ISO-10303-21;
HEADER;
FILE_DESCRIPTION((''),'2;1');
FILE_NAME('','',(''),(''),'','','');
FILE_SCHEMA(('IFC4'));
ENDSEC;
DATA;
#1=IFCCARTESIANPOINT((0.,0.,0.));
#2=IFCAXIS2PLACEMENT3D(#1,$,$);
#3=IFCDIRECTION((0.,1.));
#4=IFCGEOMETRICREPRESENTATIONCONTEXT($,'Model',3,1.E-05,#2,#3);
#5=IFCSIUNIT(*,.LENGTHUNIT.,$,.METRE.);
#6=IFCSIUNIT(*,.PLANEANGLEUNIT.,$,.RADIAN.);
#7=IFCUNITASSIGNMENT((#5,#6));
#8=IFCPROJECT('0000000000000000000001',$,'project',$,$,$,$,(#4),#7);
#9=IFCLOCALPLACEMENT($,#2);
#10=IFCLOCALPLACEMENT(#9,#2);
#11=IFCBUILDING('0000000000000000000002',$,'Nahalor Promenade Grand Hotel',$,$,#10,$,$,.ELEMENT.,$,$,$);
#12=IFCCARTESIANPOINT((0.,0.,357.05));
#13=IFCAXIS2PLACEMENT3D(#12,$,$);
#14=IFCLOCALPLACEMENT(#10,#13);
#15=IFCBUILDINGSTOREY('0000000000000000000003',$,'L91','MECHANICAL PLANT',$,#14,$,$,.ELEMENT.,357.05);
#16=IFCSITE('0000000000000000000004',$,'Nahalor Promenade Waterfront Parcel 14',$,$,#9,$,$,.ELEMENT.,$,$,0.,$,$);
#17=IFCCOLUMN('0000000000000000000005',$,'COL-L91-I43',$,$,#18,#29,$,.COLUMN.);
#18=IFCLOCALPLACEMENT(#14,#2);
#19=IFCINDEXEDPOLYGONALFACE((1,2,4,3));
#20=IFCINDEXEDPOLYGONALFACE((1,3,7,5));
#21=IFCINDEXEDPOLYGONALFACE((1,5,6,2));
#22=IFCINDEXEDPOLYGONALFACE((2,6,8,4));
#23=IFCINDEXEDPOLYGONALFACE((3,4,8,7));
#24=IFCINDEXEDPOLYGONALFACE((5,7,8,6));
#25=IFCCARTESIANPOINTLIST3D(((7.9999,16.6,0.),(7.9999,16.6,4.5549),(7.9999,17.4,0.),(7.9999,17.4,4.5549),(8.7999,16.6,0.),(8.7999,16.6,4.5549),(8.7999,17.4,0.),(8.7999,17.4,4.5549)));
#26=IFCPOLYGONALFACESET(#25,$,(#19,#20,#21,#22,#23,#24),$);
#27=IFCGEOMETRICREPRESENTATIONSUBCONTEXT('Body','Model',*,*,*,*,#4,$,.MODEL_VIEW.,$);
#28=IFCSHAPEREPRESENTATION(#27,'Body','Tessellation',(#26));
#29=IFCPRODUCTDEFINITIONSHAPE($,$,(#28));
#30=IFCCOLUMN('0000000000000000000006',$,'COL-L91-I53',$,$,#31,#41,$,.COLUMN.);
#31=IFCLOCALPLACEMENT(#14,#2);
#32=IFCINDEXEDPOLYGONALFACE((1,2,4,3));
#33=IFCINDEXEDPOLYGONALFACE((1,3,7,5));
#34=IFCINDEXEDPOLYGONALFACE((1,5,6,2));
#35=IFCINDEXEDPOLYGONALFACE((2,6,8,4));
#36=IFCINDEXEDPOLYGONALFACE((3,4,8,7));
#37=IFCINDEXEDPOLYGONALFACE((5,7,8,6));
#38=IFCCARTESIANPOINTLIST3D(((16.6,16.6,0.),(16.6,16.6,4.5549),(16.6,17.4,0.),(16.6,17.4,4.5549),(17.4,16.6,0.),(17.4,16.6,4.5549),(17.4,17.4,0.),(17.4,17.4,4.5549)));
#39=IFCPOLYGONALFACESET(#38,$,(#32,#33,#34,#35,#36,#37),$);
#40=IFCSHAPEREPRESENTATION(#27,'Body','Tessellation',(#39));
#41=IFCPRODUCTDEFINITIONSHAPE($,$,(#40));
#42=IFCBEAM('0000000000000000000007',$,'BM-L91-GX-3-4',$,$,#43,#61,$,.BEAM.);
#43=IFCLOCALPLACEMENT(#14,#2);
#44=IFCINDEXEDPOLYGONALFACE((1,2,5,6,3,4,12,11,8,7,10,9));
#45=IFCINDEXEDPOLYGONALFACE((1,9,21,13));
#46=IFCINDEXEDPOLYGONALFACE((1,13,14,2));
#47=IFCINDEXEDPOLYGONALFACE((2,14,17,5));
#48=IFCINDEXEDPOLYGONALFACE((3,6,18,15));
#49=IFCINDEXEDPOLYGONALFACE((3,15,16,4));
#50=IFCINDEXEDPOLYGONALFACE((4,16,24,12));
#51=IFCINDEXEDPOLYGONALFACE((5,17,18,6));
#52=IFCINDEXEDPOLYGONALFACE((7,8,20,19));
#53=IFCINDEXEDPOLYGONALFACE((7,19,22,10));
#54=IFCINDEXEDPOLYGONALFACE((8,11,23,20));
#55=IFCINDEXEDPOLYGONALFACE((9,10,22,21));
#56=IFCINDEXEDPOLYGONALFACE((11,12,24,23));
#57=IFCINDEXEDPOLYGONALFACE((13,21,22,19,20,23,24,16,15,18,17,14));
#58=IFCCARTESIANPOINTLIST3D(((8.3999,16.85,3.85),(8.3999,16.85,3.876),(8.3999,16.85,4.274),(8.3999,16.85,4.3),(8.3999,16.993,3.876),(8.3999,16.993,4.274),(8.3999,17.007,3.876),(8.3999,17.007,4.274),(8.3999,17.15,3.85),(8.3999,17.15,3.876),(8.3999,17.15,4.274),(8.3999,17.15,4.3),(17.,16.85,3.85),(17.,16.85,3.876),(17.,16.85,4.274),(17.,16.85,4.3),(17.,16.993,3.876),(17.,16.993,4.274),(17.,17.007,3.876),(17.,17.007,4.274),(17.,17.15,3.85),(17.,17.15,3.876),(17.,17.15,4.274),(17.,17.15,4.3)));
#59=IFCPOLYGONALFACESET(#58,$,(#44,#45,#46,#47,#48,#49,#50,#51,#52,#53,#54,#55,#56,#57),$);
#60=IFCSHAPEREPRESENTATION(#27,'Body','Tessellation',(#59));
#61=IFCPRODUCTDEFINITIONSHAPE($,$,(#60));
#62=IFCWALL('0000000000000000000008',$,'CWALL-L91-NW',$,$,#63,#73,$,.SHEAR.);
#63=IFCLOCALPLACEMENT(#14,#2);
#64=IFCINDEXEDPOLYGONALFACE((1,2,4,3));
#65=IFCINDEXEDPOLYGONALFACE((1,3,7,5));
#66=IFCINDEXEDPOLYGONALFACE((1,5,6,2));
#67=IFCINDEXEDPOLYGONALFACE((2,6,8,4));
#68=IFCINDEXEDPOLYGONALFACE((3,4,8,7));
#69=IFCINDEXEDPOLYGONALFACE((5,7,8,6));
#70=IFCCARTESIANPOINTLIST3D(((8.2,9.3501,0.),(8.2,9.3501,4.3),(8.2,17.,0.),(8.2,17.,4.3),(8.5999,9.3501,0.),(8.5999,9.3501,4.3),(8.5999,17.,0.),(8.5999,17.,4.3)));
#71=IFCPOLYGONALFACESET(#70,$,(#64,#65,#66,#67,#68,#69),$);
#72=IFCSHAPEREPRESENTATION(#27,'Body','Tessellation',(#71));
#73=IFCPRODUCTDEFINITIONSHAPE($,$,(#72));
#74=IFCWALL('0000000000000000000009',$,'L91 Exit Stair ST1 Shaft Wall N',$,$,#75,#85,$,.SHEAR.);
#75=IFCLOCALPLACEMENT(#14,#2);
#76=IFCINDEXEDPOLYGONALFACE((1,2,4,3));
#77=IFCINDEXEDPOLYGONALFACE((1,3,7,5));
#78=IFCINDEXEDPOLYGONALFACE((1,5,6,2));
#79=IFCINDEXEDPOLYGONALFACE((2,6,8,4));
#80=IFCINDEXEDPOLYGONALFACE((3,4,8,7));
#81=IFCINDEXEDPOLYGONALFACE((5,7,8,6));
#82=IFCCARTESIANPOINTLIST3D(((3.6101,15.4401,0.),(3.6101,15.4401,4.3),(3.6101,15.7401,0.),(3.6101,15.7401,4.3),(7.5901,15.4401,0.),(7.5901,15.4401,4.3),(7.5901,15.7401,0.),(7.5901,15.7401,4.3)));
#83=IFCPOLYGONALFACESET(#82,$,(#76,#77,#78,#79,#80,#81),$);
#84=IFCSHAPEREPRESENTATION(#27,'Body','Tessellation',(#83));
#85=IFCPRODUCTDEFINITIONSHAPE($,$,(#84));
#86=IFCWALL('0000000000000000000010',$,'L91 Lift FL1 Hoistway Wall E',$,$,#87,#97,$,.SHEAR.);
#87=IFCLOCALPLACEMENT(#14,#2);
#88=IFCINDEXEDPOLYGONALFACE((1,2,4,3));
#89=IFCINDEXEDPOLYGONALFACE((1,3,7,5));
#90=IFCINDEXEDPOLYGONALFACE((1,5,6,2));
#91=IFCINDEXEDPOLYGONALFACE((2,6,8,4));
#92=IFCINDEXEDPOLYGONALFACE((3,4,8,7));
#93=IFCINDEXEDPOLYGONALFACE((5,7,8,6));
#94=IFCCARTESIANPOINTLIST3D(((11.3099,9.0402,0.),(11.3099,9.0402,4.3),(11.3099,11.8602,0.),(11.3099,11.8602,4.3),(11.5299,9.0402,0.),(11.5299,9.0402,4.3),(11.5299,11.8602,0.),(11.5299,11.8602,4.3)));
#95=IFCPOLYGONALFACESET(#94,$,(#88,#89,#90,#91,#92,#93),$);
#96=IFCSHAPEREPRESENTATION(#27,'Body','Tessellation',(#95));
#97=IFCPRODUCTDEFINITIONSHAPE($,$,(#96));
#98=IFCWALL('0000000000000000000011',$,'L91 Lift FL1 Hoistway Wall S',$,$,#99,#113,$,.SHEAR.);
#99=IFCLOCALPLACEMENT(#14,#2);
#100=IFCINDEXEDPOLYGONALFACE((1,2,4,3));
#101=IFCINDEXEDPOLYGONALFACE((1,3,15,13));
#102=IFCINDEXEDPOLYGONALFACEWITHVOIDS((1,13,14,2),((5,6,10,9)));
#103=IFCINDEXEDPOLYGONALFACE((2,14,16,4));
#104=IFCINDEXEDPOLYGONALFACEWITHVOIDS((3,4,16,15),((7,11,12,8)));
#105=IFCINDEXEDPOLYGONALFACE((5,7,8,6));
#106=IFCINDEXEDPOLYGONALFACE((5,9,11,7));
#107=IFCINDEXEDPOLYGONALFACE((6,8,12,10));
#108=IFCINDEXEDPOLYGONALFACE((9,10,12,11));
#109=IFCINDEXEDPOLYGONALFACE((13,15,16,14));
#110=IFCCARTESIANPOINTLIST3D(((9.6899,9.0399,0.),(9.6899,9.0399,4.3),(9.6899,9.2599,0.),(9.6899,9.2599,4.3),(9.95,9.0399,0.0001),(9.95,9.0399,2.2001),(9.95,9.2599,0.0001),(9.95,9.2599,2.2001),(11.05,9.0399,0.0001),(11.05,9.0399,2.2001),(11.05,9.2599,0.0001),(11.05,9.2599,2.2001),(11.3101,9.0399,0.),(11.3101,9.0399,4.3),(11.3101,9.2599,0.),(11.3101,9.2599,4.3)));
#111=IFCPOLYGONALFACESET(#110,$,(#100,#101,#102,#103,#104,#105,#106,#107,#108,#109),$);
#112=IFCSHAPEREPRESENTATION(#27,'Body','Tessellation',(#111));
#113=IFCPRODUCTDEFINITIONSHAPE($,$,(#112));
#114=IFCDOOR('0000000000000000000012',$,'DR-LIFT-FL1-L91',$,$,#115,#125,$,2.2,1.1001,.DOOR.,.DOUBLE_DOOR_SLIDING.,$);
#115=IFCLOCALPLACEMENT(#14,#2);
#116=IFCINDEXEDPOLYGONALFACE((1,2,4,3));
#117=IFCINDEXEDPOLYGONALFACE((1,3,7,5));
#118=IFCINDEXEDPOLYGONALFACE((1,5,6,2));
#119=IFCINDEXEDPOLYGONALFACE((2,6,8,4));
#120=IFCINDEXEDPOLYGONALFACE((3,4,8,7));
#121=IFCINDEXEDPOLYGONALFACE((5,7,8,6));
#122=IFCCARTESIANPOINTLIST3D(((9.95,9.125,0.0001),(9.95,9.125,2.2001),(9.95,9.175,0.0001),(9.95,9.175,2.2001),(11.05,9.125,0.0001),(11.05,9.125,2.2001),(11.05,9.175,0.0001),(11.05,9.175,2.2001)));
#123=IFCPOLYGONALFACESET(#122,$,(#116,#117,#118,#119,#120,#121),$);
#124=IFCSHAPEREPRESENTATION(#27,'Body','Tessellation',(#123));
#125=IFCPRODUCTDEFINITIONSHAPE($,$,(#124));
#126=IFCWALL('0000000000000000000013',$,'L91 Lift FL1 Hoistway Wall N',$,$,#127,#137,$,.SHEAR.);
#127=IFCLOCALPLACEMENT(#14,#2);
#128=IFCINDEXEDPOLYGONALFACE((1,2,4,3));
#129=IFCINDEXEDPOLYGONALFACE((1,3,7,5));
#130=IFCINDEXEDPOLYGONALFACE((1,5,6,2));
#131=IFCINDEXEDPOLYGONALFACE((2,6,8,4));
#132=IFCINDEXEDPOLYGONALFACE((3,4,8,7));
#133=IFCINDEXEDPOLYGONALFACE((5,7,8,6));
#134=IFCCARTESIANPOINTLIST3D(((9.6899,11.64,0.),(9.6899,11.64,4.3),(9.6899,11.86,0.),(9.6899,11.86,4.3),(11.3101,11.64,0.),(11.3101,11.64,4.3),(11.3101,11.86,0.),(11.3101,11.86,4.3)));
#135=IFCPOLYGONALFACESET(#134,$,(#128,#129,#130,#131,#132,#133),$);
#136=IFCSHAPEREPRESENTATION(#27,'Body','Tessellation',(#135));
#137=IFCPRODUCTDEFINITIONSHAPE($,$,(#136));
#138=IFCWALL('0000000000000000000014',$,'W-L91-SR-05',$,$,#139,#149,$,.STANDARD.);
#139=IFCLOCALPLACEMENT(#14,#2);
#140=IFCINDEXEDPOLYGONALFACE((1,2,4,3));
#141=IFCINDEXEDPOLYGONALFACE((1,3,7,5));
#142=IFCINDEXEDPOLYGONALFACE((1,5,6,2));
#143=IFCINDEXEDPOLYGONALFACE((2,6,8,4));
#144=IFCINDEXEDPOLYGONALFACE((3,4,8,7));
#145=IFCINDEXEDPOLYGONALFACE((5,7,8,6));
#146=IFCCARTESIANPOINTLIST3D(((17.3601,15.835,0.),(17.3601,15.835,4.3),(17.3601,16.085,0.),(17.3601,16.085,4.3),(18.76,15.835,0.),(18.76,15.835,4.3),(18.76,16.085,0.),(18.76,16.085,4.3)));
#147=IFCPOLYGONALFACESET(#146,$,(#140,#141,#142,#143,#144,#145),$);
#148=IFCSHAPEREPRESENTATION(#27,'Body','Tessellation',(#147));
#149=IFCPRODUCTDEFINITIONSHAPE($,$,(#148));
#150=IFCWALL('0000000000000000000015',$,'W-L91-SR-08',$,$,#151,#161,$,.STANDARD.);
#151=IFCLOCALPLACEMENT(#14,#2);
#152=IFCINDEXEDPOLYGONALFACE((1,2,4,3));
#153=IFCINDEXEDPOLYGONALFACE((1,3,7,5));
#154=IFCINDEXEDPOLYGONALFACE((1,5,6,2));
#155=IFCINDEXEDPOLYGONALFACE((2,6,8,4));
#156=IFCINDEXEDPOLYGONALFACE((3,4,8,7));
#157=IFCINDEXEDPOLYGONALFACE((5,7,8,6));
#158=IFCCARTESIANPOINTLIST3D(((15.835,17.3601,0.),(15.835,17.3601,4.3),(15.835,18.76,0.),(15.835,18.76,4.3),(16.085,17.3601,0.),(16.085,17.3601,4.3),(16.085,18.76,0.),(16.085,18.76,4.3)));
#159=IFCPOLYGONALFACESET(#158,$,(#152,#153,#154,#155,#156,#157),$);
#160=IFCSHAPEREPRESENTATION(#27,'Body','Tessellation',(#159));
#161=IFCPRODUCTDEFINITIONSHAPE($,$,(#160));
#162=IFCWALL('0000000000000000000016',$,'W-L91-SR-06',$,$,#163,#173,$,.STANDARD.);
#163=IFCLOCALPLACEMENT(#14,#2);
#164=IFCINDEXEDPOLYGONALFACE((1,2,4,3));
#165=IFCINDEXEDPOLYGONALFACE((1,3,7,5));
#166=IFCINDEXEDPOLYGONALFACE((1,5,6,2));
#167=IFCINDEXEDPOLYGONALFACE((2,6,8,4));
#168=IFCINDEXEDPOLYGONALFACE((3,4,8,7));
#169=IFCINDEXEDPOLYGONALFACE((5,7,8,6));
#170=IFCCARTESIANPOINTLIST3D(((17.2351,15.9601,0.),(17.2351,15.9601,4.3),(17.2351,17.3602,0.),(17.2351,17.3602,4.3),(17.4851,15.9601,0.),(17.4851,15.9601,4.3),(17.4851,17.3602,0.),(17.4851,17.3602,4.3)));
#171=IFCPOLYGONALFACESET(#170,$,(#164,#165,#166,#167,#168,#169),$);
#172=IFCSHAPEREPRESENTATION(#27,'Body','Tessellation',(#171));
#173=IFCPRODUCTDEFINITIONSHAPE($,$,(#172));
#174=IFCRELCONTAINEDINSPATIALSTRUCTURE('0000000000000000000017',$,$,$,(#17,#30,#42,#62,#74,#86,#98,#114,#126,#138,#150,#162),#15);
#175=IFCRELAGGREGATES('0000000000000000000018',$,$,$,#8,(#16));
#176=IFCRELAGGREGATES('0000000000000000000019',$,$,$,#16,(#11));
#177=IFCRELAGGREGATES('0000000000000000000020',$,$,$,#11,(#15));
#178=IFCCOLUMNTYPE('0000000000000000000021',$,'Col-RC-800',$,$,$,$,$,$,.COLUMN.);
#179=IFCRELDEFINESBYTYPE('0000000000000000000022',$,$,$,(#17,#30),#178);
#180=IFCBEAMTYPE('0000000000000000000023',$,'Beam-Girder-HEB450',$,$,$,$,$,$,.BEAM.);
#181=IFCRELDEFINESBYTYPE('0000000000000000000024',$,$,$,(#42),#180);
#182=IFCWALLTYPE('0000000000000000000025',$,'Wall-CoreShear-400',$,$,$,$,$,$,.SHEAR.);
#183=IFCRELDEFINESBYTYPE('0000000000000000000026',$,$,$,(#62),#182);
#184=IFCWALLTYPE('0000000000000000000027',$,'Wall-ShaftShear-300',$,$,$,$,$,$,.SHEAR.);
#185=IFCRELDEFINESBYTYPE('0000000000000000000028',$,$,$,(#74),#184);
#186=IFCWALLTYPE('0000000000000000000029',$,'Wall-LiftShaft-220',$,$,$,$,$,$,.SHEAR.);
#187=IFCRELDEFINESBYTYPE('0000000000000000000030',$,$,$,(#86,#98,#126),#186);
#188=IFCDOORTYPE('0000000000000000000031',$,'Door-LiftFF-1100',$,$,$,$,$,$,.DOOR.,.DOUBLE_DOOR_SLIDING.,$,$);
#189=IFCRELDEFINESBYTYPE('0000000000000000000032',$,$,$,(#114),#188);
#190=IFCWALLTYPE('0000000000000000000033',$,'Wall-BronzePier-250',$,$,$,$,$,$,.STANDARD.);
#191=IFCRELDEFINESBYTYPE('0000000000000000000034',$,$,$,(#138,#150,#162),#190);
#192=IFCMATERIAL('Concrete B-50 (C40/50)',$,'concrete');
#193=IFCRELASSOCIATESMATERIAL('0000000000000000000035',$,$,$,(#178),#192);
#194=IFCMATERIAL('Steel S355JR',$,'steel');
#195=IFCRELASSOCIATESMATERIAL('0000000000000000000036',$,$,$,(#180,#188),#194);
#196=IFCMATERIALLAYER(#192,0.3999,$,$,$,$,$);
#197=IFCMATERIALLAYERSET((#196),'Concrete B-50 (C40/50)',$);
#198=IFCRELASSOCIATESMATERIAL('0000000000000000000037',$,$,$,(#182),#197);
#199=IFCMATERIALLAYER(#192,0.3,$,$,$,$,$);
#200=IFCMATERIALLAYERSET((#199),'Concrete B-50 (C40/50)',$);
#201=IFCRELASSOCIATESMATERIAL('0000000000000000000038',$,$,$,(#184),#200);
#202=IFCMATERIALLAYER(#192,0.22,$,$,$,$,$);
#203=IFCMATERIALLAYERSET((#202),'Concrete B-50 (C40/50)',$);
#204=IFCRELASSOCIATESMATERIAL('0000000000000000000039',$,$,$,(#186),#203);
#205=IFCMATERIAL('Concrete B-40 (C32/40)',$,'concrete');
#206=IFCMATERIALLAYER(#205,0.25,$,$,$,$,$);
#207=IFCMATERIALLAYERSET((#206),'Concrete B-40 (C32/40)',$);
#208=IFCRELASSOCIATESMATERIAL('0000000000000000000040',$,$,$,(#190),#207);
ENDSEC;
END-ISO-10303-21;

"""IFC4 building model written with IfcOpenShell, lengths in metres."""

from ifc_helpers import new_model, si_unit, direction, frame, frame_2d, origin, origin_2d, place, context, subcontext, project, spatial, rectangle, i_section, extrude, source, transform, mapped, material, layer, layer_set, material_profile, profile_set, type_object, element, fill, save


model = new_model("IFC4")

# Units and contexts
model_context = context("Model", 3, precision=1e-05, world=origin(), true_north=direction((0.0, 1.0)))
body_context = subcontext(model_context, "Body", "Model", "MODEL_VIEW")
ifc_project = project(units=[si_unit("LENGTHUNIT", "METRE"), si_unit("PLANEANGLEUNIT", "RADIAN")], contexts=[model_context])

# Site, building, storey
site_placement = place(None, origin())
site = spatial("IfcSite", under=ifc_project, at=site_placement, Name="Nahalor Promenade Waterfront Parcel 14", CompositionType="ELEMENT", RefElevation=0.0)
building_placement = place(site_placement, origin())
building = spatial("IfcBuilding", under=site, at=building_placement, Name="Nahalor Promenade Grand Hotel", CompositionType="ELEMENT")
storey_placement = place(building_placement, frame((0.0, 0.0, 357.05)))
storey = spatial("IfcBuildingStorey", under=building, at=storey_placement, Name="L91", Description="MECHANICAL PLANT", CompositionType="ELEMENT", Elevation=357.05)

# Columns
ifc_material_1 = material(Name="Concrete B-50 (C40/50)", Category="concrete")
ifc_material_profile_1 = material_profile(ifc_material_1, rectangle(XDim=0.8, YDim=0.8, at=origin_2d()), Name="RC 800x800")
ifc_profile_set_1 = profile_set([ifc_material_profile_1], Name="Concrete B-50 (C40/50)")
column_type = type_object("IfcColumnType", Name="Col-RC-800", PredefinedType="COLUMN", material=ifc_profile_set_1)
shared_shape_1 = source(origin(), body_context, "Body", "SweptSolid", [
    extrude(rectangle(XDim=0.8, YDim=0.8, at=origin_2d()), origin(), (0.0, 0.0, 1.0), 4.5549),
])
for number, where, z_axis, x_axis, name in (
    (1, (8.3999, 17.0, 0.0), (0.0, 0.0, 1.0), (1.0, 0.0, 0.0), "COL-L91-I43"),
    (2, (17.0, 17.0, 0.0), (0.0, 0.0, 1.0), (1.0, 0.0, 0.0), "COL-L91-I53"),
):
    element("IfcColumn", number, at=place(storey_placement, frame(where, z_axis=z_axis, x_axis=x_axis)), inside=storey, type_object=column_type, Name=name, PredefinedType="COLUMN", context=body_context, shape_type="MappedRepresentation", body=[
        mapped(shared_shape_1, transform((0.0, 0.0, 0.0), scale=1.0)),
    ])

# Beam
ifc_material_2 = material(Name="Steel S355JR", Category="steel")
ifc_material_profile_2 = material_profile(ifc_material_2, i_section(OverallWidth=0.3, OverallDepth=0.45, WebThickness=0.014, FlangeThickness=0.026, at=origin_2d()), Name="HEB 450")
ifc_profile_set_2 = profile_set([ifc_material_profile_2], Name="Steel S355JR")
beam_type = type_object("IfcBeamType", Name="Beam-Girder-HEB450", PredefinedType="BEAM", material=ifc_profile_set_2)
shared_shape_2 = source(origin(), body_context, "Body", "SweptSolid", [
    extrude(i_section(OverallWidth=0.3, OverallDepth=0.45, WebThickness=0.014, FlangeThickness=0.026, at=origin_2d()), origin(), (0.0, 0.0, 1.0), 8.6001),
])
beam_placement = place(storey_placement, frame((8.3999, 17.0, 4.075), z_axis=(1.0, 0.0, 0.0), x_axis=(0.0, 1.0, 0.0)))
element("IfcBeam", 3, at=beam_placement, inside=storey, type_object=beam_type, Name="BM-L91-GX-3-4", PredefinedType="BEAM", context=body_context, shape_type="MappedRepresentation", body=[
    mapped(shared_shape_2, transform((0.0, 0.0, 0.0), scale=1.0)),
])

# Walls
ifc_layer_1 = layer(ifc_material_1, 0.3999)
ifc_layer_set_1 = layer_set([ifc_layer_1], Name="Concrete B-50 (C40/50)")
wall_type_1 = type_object("IfcWallType", Name="Wall-CoreShear-400", PredefinedType="SHEAR", material=ifc_layer_set_1)
shared_shape_3 = source(origin(), body_context, "Body", "SweptSolid", [
    extrude(rectangle(XDim=7.6499, YDim=0.3999, at=frame_2d((3.825, 0.0))), origin(), (0.0, 0.0, 1.0), 4.3),
])
wall_1_placement = place(storey_placement, frame((8.3999, 9.3501, 0.0), z_axis=(0.0, 0.0, 1.0), x_axis=(0.0, 1.0, 0.0)))
element("IfcWall", 4, at=wall_1_placement, inside=storey, type_object=wall_type_1, Name="CWALL-L91-NW", PredefinedType="SHEAR", context=body_context, shape_type="MappedRepresentation", body=[
    mapped(shared_shape_3, transform((0.0, 0.0, 0.0), scale=1.0)),
])
ifc_layer_2 = layer(ifc_material_1, 0.3)
ifc_layer_set_2 = layer_set([ifc_layer_2], Name="Concrete B-50 (C40/50)")
wall_type_2 = type_object("IfcWallType", Name="Wall-ShaftShear-300", PredefinedType="SHEAR", material=ifc_layer_set_2)
shared_shape_4 = source(origin(), body_context, "Body", "SweptSolid", [
    extrude(rectangle(XDim=3.98, YDim=0.3, at=frame_2d((1.99, 0.0))), origin(), (0.0, 0.0, 1.0), 4.3),
])
wall_2_placement = place(storey_placement, frame((3.6101, 15.5901, 0.0), z_axis=(0.0, 0.0, 1.0), x_axis=(1.0, 0.0, 0.0)))
element("IfcWall", 5, at=wall_2_placement, inside=storey, type_object=wall_type_2, Name="L91 Exit Stair ST1 Shaft Wall N", PredefinedType="SHEAR", context=body_context, shape_type="MappedRepresentation", body=[
    mapped(shared_shape_4, transform((0.0, 0.0, 0.0), scale=1.0)),
])
ifc_layer_3 = layer(ifc_material_1, 0.22)
ifc_layer_set_3 = layer_set([ifc_layer_3], Name="Concrete B-50 (C40/50)")
wall_type_3 = type_object("IfcWallType", Name="Wall-LiftShaft-220", PredefinedType="SHEAR", material=ifc_layer_set_3)
shared_shape_5 = source(origin(), body_context, "Body", "SweptSolid", [
    extrude(rectangle(XDim=2.8201, YDim=0.22, at=frame_2d((1.4102, 0.0))), origin(), (0.0, 0.0, 1.0), 4.3),
])
wall_3_placement = place(storey_placement, frame((11.4199, 9.04, 0.0), z_axis=(0.0, 0.0, 1.0), x_axis=(0.0, 1.0, 0.0)))
element("IfcWall", 6, at=wall_3_placement, inside=storey, type_object=wall_type_3, Name="L91 Lift FL1 Hoistway Wall E", PredefinedType="SHEAR", context=body_context, shape_type="MappedRepresentation", body=[
    mapped(shared_shape_5, transform((0.0, 0.0, 0.0), scale=1.0)),
])

# Wall, opening, door
shared_shape_6 = source(origin(), body_context, "Body", "SweptSolid", [
    extrude(rectangle(XDim=1.6201, YDim=0.22, at=frame_2d((0.8101, 0.0))), origin(), (0.0, 0.0, 1.0), 4.3),
])
wall_4_placement = place(storey_placement, frame((9.6899, 9.1499, 0.0), z_axis=(0.0, 0.0, 1.0), x_axis=(1.0, 0.0, 0.0)))
wall_4 = element("IfcWall", 7, at=wall_4_placement, inside=storey, type_object=wall_type_3, Name="L91 Lift FL1 Hoistway Wall S", PredefinedType="SHEAR", context=body_context, shape_type="MappedRepresentation", body=[
    mapped(shared_shape_6, transform((0.0, 0.0, 0.0), scale=1.0)),
])
opening_placement = place(wall_4_placement, frame((0.26, 0.0, 0.0)))
opening = element("IfcOpeningElement", 8, at=opening_placement, cuts=wall_4, PredefinedType="OPENING", context=body_context, shape_type="SweptSolid", body=[
    extrude(rectangle(XDim=1.1001, YDim=2.2, at=frame_2d((0.55, 1.1001))), frame((0.0, 0.1199, 0.0), z_axis=(0.0, -1.0, 0.0), x_axis=(1.0, 0.0, 0.0)), (0.0, 0.0, 1.0), 0.24),
])
door_type = type_object("IfcDoorType", Name="Door-LiftFF-1100", OperationType="DOUBLE_DOOR_SLIDING", PredefinedType="DOOR", material=ifc_material_2)
shared_shape_7 = source(origin(), body_context, "Body", "SweptSolid", [
    extrude(rectangle(XDim=1.1001, YDim=2.2, at=frame_2d((0.55, 1.1001))), frame((0.0, 0.0249, 0.0), z_axis=(0.0, -1.0, 0.0), x_axis=(1.0, 0.0, 0.0)), (0.0, 0.0, 1.0), 0.05),
])
door_placement = place(opening_placement, frame((1.1001, 0.0, 0.0), z_axis=(0.0, 0.0, 1.0), x_axis=(-1.0, 0.0, 0.0)))
door = element("IfcDoor", 9, at=door_placement, inside=storey, type_object=door_type, Name="DR-LIFT-FL1-L91", OperationType="DOUBLE_DOOR_SLIDING", OverallHeight=2.2, OverallWidth=1.1001, PredefinedType="DOOR", context=body_context, shape_type="MappedRepresentation", body=[
    mapped(shared_shape_7, transform((0.0, 0.0, 0.0), scale=1.0)),
])
fill(opening, door)

# Walls
wall_5_placement = place(storey_placement, frame((9.6899, 11.75, 0.0), z_axis=(0.0, 0.0, 1.0), x_axis=(1.0, 0.0, 0.0)))
element("IfcWall", 10, at=wall_5_placement, inside=storey, type_object=wall_type_3, Name="L91 Lift FL1 Hoistway Wall N", PredefinedType="SHEAR", context=body_context, shape_type="MappedRepresentation", body=[
    mapped(shared_shape_6, transform((0.0, 0.0, 0.0), scale=1.0)),
])
ifc_material_3 = material(Name="Concrete B-40 (C32/40)", Category="concrete")
ifc_layer_4 = layer(ifc_material_3, 0.25)
ifc_layer_set_4 = layer_set([ifc_layer_4], Name="Concrete B-40 (C32/40)")
wall_type_4 = type_object("IfcWallType", Name="Wall-BronzePier-250", PredefinedType="STANDARD", material=ifc_layer_set_4)
shared_shape_8 = source(origin(), body_context, "Body", "SweptSolid", [
    extrude(rectangle(XDim=1.3999, YDim=0.25, at=frame_2d((0.7, 0.0))), origin(), (0.0, 0.0, 1.0), 4.3),
])
for number, where, z_axis, x_axis, name in (
    (11, (17.3601, 15.96, 0.0), (0.0, 0.0, 1.0), (1.0, 0.0, 0.0), "W-L91-SR-05"),
    (12, (15.96, 17.3601, 0.0), (0.0, 0.0, 1.0), (0.0, 1.0, 0.0), "W-L91-SR-08"),
):
    element("IfcWall", number, at=place(storey_placement, frame(where, z_axis=z_axis, x_axis=x_axis)), inside=storey, type_object=wall_type_4, Name=name, PredefinedType="STANDARD", context=body_context, shape_type="MappedRepresentation", body=[
        mapped(shared_shape_8, transform((0.0, 0.0, 0.0), scale=1.0)),
    ])
shared_shape_9 = source(origin(), body_context, "Body", "SweptSolid", [
    extrude(rectangle(XDim=1.4001, YDim=0.25, at=frame_2d((0.7002, 0.0))), origin(), (0.0, 0.0, 1.0), 4.3),
])
for number, where, z_axis, x_axis, name in (
    (13, (17.3601, 15.96, 0.0), (0.0, 0.0, 1.0), (0.0, 1.0, 0.0), "W-L91-SR-06"),
):
    element("IfcWall", number, at=place(storey_placement, frame(where, z_axis=z_axis, x_axis=x_axis)), inside=storey, type_object=wall_type_4, Name=name, PredefinedType="STANDARD", context=body_context, shape_type="MappedRepresentation", body=[
        mapped(shared_shape_9, transform((0.0, 0.0, 0.0), scale=1.0)),
    ])

save(model, "model.ifc")
